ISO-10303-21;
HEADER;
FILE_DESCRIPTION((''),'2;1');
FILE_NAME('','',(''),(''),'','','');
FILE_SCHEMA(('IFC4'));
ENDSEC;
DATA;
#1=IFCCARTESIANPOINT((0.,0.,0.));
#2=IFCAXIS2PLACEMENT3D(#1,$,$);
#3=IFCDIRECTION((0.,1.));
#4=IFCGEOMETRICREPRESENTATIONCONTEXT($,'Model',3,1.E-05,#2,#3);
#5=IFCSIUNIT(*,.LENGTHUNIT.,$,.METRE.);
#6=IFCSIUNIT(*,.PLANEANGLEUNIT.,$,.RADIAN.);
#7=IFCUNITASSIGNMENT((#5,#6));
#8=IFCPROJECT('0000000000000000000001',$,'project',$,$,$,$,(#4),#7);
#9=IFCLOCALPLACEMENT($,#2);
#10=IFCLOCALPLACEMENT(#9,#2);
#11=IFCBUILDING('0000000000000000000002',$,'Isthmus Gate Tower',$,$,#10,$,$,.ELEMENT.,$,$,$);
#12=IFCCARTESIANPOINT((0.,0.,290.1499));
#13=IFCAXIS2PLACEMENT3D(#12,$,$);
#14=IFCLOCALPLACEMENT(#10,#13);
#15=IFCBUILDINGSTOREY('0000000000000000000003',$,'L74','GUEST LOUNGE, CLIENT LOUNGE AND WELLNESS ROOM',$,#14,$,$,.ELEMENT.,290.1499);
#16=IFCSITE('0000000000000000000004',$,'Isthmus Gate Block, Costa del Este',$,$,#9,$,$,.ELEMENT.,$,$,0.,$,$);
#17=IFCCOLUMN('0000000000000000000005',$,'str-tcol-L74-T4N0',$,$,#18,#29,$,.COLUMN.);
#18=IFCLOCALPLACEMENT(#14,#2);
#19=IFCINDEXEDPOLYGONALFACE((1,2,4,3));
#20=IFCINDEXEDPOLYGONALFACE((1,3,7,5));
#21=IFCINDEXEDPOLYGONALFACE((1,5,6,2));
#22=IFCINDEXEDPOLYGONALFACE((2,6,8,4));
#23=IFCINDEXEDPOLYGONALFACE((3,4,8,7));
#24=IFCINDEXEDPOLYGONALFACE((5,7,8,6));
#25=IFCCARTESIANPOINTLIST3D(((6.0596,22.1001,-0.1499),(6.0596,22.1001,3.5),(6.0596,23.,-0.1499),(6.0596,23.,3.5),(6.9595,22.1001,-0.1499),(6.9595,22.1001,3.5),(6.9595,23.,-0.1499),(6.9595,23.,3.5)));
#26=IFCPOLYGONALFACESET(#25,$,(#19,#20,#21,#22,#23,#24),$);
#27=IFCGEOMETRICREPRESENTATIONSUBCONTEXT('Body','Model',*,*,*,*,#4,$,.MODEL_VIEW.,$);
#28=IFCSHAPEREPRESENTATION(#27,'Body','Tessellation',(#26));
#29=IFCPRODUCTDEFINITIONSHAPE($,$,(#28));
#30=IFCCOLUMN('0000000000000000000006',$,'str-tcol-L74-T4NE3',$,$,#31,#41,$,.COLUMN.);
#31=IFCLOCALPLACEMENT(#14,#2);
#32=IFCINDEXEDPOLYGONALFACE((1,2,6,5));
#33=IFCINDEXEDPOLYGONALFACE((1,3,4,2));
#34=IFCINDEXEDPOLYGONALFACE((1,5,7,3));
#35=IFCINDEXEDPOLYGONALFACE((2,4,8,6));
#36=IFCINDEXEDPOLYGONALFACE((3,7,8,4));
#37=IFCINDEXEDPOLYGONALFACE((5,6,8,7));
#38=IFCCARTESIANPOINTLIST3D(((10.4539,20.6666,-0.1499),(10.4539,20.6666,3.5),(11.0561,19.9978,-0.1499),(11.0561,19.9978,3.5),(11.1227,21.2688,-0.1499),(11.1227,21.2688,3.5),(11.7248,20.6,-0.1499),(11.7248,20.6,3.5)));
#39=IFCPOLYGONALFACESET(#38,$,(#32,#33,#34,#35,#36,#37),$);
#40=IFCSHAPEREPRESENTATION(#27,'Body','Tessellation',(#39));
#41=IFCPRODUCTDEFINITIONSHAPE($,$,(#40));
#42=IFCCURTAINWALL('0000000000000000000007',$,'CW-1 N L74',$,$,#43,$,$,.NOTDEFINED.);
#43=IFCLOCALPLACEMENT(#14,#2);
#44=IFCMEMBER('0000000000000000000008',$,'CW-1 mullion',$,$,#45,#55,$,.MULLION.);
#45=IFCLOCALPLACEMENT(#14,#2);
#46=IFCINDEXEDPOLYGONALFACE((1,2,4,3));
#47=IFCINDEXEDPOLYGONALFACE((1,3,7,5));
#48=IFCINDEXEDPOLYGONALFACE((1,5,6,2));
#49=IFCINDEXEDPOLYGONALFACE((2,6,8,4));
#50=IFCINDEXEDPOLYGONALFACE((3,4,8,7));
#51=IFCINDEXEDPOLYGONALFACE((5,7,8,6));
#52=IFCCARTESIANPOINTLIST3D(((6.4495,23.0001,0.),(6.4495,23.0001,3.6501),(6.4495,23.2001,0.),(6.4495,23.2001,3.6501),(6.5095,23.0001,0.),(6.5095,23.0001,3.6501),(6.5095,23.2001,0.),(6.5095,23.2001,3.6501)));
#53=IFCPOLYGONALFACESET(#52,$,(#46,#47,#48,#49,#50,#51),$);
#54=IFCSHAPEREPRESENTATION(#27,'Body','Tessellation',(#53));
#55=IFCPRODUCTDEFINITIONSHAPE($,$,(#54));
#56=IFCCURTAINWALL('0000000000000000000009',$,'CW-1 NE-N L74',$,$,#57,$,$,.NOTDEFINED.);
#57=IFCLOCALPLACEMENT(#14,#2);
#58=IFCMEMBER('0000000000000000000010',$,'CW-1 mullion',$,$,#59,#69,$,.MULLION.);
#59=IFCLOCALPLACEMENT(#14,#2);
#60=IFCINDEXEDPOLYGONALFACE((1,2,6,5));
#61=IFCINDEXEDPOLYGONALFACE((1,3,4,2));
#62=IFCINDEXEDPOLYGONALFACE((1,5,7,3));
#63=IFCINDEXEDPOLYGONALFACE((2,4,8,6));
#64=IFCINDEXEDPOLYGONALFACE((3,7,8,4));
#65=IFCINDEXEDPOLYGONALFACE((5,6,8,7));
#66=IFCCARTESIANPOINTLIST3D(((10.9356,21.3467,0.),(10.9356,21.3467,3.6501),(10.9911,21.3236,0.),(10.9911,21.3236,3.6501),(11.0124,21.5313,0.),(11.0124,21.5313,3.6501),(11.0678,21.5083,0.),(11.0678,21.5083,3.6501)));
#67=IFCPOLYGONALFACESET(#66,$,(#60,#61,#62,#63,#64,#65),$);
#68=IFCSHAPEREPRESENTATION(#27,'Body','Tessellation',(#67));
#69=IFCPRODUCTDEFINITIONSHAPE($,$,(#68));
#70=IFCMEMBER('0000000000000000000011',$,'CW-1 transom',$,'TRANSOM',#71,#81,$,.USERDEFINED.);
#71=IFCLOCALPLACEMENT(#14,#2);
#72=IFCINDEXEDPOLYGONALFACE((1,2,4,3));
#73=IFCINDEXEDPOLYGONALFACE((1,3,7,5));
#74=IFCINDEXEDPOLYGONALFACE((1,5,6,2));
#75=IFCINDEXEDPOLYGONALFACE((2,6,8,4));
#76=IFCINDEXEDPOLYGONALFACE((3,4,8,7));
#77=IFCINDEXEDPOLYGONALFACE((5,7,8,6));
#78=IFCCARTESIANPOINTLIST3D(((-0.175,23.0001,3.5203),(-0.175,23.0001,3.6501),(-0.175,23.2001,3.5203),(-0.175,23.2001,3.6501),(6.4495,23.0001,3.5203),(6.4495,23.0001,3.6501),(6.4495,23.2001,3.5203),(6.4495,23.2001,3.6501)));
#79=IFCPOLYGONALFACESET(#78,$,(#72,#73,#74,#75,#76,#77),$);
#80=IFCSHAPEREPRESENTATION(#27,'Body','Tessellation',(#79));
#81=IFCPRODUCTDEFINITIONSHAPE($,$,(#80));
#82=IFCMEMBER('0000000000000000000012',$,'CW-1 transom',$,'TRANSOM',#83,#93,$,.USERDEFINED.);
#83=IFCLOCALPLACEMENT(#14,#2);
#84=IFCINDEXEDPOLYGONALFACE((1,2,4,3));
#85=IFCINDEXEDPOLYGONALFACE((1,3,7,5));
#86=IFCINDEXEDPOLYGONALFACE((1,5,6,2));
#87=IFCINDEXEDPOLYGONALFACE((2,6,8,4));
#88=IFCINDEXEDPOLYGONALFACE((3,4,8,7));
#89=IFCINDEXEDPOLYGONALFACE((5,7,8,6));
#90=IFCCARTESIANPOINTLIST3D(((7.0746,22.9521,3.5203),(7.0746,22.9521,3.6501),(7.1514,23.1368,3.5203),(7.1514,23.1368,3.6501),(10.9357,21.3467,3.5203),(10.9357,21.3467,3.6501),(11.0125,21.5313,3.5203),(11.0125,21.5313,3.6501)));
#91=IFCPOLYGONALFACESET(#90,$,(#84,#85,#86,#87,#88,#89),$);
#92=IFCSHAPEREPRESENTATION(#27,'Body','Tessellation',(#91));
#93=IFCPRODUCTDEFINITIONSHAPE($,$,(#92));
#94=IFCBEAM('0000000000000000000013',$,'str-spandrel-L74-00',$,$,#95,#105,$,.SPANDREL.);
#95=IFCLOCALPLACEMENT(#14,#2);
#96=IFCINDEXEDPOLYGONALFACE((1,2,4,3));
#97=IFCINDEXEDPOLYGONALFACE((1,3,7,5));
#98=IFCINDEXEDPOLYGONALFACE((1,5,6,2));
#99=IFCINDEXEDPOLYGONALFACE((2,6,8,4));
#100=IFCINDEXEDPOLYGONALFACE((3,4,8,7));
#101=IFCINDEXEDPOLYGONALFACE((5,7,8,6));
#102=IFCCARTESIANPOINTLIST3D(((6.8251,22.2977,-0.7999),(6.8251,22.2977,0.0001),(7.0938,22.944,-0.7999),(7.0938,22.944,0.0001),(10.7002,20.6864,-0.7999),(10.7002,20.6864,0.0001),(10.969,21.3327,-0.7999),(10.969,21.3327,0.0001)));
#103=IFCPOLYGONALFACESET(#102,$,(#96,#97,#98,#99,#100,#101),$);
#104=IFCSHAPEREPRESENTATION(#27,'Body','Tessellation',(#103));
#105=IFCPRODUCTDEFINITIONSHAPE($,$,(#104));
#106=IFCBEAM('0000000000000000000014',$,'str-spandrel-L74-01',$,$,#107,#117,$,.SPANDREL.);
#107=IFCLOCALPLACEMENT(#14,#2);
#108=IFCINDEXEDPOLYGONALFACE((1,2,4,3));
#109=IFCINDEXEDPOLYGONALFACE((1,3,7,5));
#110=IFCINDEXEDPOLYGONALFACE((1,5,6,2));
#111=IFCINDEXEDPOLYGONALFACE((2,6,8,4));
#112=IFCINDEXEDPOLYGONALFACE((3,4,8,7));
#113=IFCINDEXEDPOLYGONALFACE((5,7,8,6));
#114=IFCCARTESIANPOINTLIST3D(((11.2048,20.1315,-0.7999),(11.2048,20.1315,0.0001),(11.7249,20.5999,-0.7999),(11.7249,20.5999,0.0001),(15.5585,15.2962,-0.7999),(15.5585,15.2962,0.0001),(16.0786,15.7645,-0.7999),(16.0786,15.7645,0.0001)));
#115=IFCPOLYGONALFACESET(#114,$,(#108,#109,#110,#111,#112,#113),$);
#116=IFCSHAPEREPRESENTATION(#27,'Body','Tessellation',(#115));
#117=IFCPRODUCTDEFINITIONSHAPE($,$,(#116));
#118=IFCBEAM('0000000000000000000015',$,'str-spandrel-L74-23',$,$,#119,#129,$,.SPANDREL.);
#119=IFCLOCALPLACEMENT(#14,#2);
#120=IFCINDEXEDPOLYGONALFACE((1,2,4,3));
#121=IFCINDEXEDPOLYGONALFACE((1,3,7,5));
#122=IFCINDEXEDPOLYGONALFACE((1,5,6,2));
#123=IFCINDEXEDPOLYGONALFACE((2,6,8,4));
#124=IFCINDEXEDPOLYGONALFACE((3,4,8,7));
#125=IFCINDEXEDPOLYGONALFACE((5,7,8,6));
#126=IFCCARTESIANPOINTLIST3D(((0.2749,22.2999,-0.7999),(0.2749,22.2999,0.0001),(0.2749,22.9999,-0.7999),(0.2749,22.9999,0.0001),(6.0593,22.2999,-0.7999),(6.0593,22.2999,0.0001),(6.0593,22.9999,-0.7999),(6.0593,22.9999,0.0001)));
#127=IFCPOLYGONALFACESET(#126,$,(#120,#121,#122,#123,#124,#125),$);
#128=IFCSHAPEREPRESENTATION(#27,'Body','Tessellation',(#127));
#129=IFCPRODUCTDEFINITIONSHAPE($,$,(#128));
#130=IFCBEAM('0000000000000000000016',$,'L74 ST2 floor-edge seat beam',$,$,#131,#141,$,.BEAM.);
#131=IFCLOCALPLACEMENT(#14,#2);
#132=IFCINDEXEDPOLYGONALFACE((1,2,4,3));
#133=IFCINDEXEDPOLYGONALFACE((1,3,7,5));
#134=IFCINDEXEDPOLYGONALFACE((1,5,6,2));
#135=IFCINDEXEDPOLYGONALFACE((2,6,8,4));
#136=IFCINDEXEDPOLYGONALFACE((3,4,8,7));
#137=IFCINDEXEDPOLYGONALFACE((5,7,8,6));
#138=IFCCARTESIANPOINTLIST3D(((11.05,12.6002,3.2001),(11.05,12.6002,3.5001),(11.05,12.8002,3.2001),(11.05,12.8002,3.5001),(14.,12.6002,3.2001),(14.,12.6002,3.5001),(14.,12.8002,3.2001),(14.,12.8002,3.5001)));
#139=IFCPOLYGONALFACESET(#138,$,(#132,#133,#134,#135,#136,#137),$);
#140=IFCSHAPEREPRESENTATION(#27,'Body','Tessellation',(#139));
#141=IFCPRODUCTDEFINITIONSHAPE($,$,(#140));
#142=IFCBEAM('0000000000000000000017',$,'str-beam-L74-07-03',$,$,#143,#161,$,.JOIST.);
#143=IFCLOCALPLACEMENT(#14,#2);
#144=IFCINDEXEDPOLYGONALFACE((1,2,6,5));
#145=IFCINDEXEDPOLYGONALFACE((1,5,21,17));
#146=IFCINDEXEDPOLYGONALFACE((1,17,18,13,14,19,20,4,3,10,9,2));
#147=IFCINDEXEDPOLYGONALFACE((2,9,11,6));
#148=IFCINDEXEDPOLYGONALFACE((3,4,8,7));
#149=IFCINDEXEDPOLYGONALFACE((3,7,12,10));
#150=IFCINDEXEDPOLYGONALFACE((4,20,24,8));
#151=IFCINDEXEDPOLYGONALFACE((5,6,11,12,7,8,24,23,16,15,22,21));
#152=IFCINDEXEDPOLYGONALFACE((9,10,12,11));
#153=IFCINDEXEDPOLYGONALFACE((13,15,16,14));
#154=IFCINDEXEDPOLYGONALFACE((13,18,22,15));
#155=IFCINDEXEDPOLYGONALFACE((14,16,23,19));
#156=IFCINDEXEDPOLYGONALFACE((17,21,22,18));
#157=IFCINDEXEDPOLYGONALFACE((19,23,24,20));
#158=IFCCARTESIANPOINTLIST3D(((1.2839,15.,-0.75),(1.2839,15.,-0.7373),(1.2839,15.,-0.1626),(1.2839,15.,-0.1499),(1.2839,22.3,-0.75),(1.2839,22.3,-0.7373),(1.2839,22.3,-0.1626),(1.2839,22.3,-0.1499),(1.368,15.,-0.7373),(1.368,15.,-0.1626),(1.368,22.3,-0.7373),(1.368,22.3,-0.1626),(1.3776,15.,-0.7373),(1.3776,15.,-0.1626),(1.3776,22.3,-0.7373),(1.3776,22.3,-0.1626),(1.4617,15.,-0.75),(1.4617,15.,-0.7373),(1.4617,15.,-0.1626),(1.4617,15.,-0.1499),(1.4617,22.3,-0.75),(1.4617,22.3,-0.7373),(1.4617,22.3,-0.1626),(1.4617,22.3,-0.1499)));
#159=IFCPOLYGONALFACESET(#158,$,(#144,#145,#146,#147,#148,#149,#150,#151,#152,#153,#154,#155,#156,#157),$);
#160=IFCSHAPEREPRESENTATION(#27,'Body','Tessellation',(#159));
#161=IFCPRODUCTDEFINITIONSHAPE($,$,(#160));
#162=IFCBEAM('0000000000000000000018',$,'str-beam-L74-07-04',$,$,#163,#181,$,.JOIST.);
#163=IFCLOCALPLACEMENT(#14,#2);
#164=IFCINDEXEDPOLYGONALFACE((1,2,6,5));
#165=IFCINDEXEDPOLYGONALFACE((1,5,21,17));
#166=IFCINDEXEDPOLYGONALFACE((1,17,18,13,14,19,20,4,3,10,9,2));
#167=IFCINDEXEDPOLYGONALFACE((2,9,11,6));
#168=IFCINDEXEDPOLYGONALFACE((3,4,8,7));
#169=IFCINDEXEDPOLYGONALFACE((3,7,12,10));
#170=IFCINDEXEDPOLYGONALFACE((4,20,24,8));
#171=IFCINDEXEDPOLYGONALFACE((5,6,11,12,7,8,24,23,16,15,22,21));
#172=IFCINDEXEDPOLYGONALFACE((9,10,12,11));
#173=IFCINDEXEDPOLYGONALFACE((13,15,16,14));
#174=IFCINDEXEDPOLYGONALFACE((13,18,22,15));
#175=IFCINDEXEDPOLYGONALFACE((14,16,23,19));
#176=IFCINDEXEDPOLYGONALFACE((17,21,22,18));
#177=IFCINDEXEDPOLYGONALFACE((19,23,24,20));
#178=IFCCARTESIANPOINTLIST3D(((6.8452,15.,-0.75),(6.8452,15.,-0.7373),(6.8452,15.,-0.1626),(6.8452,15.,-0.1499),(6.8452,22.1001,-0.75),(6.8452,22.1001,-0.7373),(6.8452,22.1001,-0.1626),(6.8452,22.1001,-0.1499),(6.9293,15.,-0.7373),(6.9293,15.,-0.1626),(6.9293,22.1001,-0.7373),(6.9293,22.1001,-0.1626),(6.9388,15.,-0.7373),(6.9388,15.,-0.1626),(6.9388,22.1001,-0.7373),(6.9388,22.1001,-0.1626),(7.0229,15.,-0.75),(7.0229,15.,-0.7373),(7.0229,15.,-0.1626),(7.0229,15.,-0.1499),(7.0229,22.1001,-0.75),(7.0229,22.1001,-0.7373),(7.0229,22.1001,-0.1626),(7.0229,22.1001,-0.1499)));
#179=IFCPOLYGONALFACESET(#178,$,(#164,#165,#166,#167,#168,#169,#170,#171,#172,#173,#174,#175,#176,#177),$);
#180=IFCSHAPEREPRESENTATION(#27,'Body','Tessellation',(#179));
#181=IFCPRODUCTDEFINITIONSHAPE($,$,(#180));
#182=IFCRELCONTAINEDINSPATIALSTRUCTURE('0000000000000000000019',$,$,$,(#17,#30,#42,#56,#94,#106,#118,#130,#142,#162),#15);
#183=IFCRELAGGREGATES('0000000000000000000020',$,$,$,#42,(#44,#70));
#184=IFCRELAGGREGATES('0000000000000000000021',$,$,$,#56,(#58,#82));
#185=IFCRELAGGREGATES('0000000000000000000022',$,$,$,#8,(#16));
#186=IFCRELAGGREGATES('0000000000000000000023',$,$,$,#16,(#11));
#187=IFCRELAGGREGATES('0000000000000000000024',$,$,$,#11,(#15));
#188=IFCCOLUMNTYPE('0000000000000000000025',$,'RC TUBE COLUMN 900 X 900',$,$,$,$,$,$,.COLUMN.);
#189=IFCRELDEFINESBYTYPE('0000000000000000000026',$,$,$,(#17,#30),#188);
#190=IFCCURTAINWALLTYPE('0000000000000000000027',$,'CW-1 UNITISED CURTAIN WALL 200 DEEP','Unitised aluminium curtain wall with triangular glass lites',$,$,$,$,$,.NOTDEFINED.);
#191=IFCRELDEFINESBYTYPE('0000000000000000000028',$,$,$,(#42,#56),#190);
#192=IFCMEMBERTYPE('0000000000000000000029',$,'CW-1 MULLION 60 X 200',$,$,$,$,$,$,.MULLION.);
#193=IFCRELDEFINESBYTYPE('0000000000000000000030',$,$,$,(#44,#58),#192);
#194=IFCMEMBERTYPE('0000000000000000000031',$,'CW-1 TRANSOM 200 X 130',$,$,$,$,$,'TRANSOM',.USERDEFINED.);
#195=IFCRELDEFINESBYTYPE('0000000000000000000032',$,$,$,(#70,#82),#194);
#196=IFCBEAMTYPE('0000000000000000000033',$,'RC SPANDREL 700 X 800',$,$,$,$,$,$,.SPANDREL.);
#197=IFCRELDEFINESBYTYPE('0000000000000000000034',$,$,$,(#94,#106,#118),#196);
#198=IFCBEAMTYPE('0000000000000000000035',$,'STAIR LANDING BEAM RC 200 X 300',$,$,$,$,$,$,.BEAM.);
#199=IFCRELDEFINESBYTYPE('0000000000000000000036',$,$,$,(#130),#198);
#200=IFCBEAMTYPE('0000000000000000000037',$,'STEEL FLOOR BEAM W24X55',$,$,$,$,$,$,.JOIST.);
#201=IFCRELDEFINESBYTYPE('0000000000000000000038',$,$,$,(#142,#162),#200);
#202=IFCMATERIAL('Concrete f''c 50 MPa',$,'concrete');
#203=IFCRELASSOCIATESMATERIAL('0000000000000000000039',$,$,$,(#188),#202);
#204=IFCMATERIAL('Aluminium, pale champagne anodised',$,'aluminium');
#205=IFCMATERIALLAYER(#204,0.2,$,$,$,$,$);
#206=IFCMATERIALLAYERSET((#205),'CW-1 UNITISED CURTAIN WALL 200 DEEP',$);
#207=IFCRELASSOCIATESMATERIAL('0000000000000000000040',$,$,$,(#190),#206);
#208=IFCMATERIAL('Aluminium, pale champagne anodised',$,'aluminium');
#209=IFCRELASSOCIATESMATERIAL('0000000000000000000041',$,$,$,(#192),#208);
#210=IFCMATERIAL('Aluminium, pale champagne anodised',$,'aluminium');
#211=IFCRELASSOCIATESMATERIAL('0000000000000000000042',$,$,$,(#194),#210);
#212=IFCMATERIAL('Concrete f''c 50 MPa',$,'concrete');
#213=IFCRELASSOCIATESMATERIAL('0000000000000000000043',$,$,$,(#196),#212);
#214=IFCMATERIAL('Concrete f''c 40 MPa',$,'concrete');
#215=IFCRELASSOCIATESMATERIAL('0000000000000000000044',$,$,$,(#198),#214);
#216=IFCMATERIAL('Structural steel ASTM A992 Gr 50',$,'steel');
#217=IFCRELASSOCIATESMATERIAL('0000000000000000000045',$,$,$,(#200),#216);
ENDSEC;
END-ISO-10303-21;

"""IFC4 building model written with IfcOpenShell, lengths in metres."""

from ifc_helpers import new_model, si_unit, direction, frame, origin, origin_2d, place, context, subcontext, project, spatial, rectangle, i_section, extrude, material, layer, layer_set, material_profile, profile_set, type_object, element, aggregate, save


model = new_model("IFC4")

# Units and contexts
model_context = context("Model", 3, precision=1e-05, world=origin(), true_north=direction((0.0, 1.0)))
body_context = subcontext(model_context, "Body", "Model", "MODEL_VIEW")
ifc_project = project(units=[si_unit("LENGTHUNIT", "METRE"), si_unit("PLANEANGLEUNIT", "RADIAN")], contexts=[model_context])

# Site, building, storey
site_placement = place(None, origin())
site = spatial("IfcSite", under=ifc_project, at=site_placement, Name="Isthmus Gate Block, Costa del Este", CompositionType="ELEMENT", RefElevation=0.0)
building_placement = place(site_placement, origin())
building = spatial("IfcBuilding", under=site, at=building_placement, Name="Isthmus Gate Tower", CompositionType="ELEMENT")
storey_placement = place(building_placement, frame((0.0, 0.0, 290.1499)))
storey = spatial("IfcBuildingStorey", under=building, at=storey_placement, Name="L74", Description="GUEST LOUNGE, CLIENT LOUNGE AND WELLNESS ROOM", CompositionType="ELEMENT", Elevation=290.1499)

# Columns
ifc_material_1 = material(Name="Concrete f'c 50 MPa", Category="concrete")
ifc_material_profile_1 = material_profile(ifc_material_1, rectangle(XDim=0.8999, YDim=0.8999, at=origin_2d()), Name="RC 900X900")
ifc_profile_set_1 = profile_set([ifc_material_profile_1], Name="Concrete f'c 50 MPa")
column_type = type_object("IfcColumnType", Name="RC TUBE COLUMN 900 X 900", PredefinedType="COLUMN", material=ifc_profile_set_1)
for number, where, z_axis, x_axis, name in (
    (1, (6.5095, 22.55, -0.1499), (0.0, 0.0, 1.0), (-1.0, 0.0, 0.0), "str-tcol-L74-T4N0"),
    (2, (11.0894, 20.6333, -0.1499), (0.0, 0.0, 1.0), (-0.669131, 0.743145, 0.0), "str-tcol-L74-T4NE3"),
):
    element("IfcColumn", number, at=place(storey_placement, frame(where, z_axis=z_axis, x_axis=x_axis)), inside=storey, type_object=column_type, Name=name, PredefinedType="COLUMN", context=body_context, shape_type="SweptSolid", body=[
        extrude(rectangle(XDim=0.8999, YDim=0.8999, at=origin_2d()), origin(), (0.0, 0.0, 1.0), 3.6499),
    ])

# Curtain walls, members
ifc_material_2 = material(Name="Aluminium, pale champagne anodised", Category="aluminium")
ifc_layer_1 = layer(ifc_material_2, 0.2)
ifc_layer_set_1 = layer_set([ifc_layer_1], Name="CW-1 UNITISED CURTAIN WALL 200 DEEP")
curtain_wall_type = type_object("IfcCurtainWallType", Name="CW-1 UNITISED CURTAIN WALL 200 DEEP", Description="Unitised aluminium curtain wall with triangular glass lites", PredefinedType="NOTDEFINED", material=ifc_layer_set_1)
curtain_wall_1_placement = place(storey_placement, origin())
curtain_wall_1 = element("IfcCurtainWall", 3, at=curtain_wall_1_placement, inside=storey, type_object=curtain_wall_type, Name="CW-1 N L74", PredefinedType="NOTDEFINED")
ifc_material_3 = material(Name="Aluminium, pale champagne anodised", Category="aluminium")
ifc_material_profile_2 = material_profile(ifc_material_3, rectangle(XDim=0.0601, YDim=0.2, at=origin_2d()), Name="60x200")
ifc_profile_set_2 = profile_set([ifc_material_profile_2], Name="Aluminium, pale champagne anodised")
member_type_1 = type_object("IfcMemberType", Name="CW-1 MULLION 60 X 200", PredefinedType="MULLION", material=ifc_profile_set_2)
member_1_placement = place(storey_placement, frame((6.4795, 23.1001, 0.0), z_axis=(0.0, 0.0, 1.0), x_axis=(-1.0, 0.0, 0.0)))
member_1 = element("IfcMember", 4, at=member_1_placement, type_object=member_type_1, Name="CW-1 mullion", PredefinedType="MULLION", context=body_context, shape_type="SweptSolid", body=[
    extrude(rectangle(XDim=0.0601, YDim=0.2, at=origin_2d()), origin(), (0.0, 0.0, 1.0), 3.6501),
])
curtain_wall_2_placement = place(storey_placement, origin())
curtain_wall_2 = element("IfcCurtainWall", 5, at=curtain_wall_2_placement, inside=storey, type_object=curtain_wall_type, Name="CW-1 NE-N L74", PredefinedType="NOTDEFINED")
member_2_placement = place(storey_placement, frame((11.0017, 21.4275, 0.0), z_axis=(0.0, 0.0, 1.0), x_axis=(-0.923353, 0.383952, 0.0)))
member_2 = element("IfcMember", 6, at=member_2_placement, type_object=member_type_1, Name="CW-1 mullion", PredefinedType="MULLION", context=body_context, shape_type="SweptSolid", body=[
    extrude(rectangle(XDim=0.0601, YDim=0.2, at=origin_2d()), origin(), (0.0, 0.0, 1.0), 3.6501),
])

# Members
ifc_material_4 = material(Name="Aluminium, pale champagne anodised", Category="aluminium")
ifc_material_profile_3 = material_profile(ifc_material_4, rectangle(XDim=0.2, YDim=0.1299, at=origin_2d()), Name="200x130")
ifc_profile_set_3 = profile_set([ifc_material_profile_3], Name="Aluminium, pale champagne anodised")
member_type_2 = type_object("IfcMemberType", Name="CW-1 TRANSOM 200 X 130", ElementType="TRANSOM", PredefinedType="USERDEFINED", material=ifc_profile_set_3)
member_3_placement = place(storey_placement, frame((6.4495, 23.1001, 3.5852), z_axis=(-1.0, 0.0, 0.0), x_axis=(0.0, -1.0, 0.0)))
member_3 = element("IfcMember", 7, at=member_3_placement, type_object=member_type_2, Name="CW-1 transom", ObjectType="TRANSOM", PredefinedType="USERDEFINED", context=body_context, shape_type="SweptSolid", body=[
    extrude(rectangle(XDim=0.2, YDim=0.1299, at=origin_2d()), origin(), (0.0, 0.0, 1.0), 6.6245),
])
member_4_placement = place(storey_placement, frame((10.9741, 21.439, 3.5852), z_axis=(-0.923358, 0.38394, 0.0), x_axis=(-0.38394, -0.923358, 0.0)))
member_4 = element("IfcMember", 8, at=member_4_placement, type_object=member_type_2, Name="CW-1 transom", ObjectType="TRANSOM", PredefinedType="USERDEFINED", context=body_context, shape_type="SweptSolid", body=[
    extrude(rectangle(XDim=0.2, YDim=0.1299, at=origin_2d()), origin(), (0.0, 0.0, 1.0), 4.1816),
])

# Beams
ifc_material_5 = material(Name="Concrete f'c 50 MPa", Category="concrete")
ifc_material_profile_4 = material_profile(ifc_material_5, rectangle(XDim=0.7, YDim=0.8, at=origin_2d()), Name="RC 700X800")
ifc_profile_set_4 = profile_set([ifc_material_profile_4], Name="Concrete f'c 50 MPa")
beam_type_1 = type_object("IfcBeamType", Name="RC SPANDREL 700 X 800", PredefinedType="SPANDREL", material=ifc_profile_set_4)
beam_1_placement = place(storey_placement, frame((6.9595, 22.6208, -0.3999), z_axis=(0.923361, -0.383934, 0.0), x_axis=(0.383934, 0.923361, 0.0)))
element("IfcBeam", 9, at=beam_1_placement, inside=storey, type_object=beam_type_1, Name="str-spandrel-L74-00", PredefinedType="SPANDREL", context=body_context, shape_type="SweptSolid", body=[
    extrude(rectangle(XDim=0.7, YDim=0.8, at=origin_2d()), origin(), (0.0, 0.0, 1.0), 4.1968),
])
beam_2_placement = place(storey_placement, frame((11.4648, 20.3657, -0.3999), z_axis=(0.669122, -0.743152, 0.0), x_axis=(0.743152, 0.669122, 0.0)))
element("IfcBeam", 10, at=beam_2_placement, inside=storey, type_object=beam_type_1, Name="str-spandrel-L74-01", PredefinedType="SPANDREL", context=body_context, shape_type="SweptSolid", body=[
    extrude(rectangle(XDim=0.7, YDim=0.8, at=origin_2d()), origin(), (0.0, 0.0, 1.0), 6.5066),
])
beam_3_placement = place(storey_placement, frame((0.2749, 22.6499, -0.3999), z_axis=(1.0, 0.0, 0.0), x_axis=(0.0, 1.0, 0.0)))
element("IfcBeam", 11, at=beam_3_placement, inside=storey, type_object=beam_type_1, Name="str-spandrel-L74-23", PredefinedType="SPANDREL", context=body_context, shape_type="SweptSolid", body=[
    extrude(rectangle(XDim=0.7, YDim=0.8, at=origin_2d()), origin(), (0.0, 0.0, 1.0), 5.7844),
])
ifc_material_6 = material(Name="Concrete f'c 40 MPa", Category="concrete")
ifc_material_profile_5 = material_profile(ifc_material_6, rectangle(XDim=0.2, YDim=0.3, at=origin_2d()), Name="STAIR LANDING BEAM RC 200 X 300")
ifc_profile_set_5 = profile_set([ifc_material_profile_5], Name="Concrete f'c 40 MPa")
beam_type_2 = type_object("IfcBeamType", Name="STAIR LANDING BEAM RC 200 X 300", PredefinedType="BEAM", material=ifc_profile_set_5)
beam_4_placement = place(storey_placement, frame((11.05, 12.7002, 3.3501), z_axis=(1.0, 0.0, 0.0), x_axis=(0.0, 1.0, 0.0)))
element("IfcBeam", 12, at=beam_4_placement, inside=storey, type_object=beam_type_2, Name="L74 ST2 floor-edge seat beam", PredefinedType="BEAM", context=body_context, shape_type="SweptSolid", body=[
    extrude(rectangle(XDim=0.2, YDim=0.3, at=origin_2d()), origin(), (0.0, 0.0, 1.0), 2.95),
])
ifc_material_7 = material(Name="Structural steel ASTM A992 Gr 50", Category="steel")
ifc_material_profile_6 = material_profile(ifc_material_7, i_section(OverallWidth=0.1777, OverallDepth=0.6001, WebThickness=0.0095, FlangeThickness=0.0127, at=origin_2d()), Name="W24X55")
ifc_profile_set_6 = profile_set([ifc_material_profile_6], Name="Structural steel ASTM A992 Gr 50")
beam_type_3 = type_object("IfcBeamType", Name="STEEL FLOOR BEAM W24X55", PredefinedType="JOIST", material=ifc_profile_set_6)
beam_5_placement = place(storey_placement, frame((1.3728, 15.0, -0.45), z_axis=(0.0, 1.0, 0.0), x_axis=(-1.0, 0.0, 0.0)))
element("IfcBeam", 13, at=beam_5_placement, inside=storey, type_object=beam_type_3, Name="str-beam-L74-07-03", PredefinedType="JOIST", context=body_context, shape_type="SweptSolid", body=[
    extrude(i_section(OverallWidth=0.1777, OverallDepth=0.6001, WebThickness=0.0095, FlangeThickness=0.0127, at=origin_2d()), origin(), (0.0, 0.0, 1.0), 7.3),
])
beam_6_placement = place(storey_placement, frame((6.9341, 15.0, -0.45), z_axis=(0.0, 1.0, 0.0), x_axis=(-1.0, 0.0, 0.0)))
element("IfcBeam", 14, at=beam_6_placement, inside=storey, type_object=beam_type_3, Name="str-beam-L74-07-04", PredefinedType="JOIST", context=body_context, shape_type="SweptSolid", body=[
    extrude(i_section(OverallWidth=0.1777, OverallDepth=0.6001, WebThickness=0.0095, FlangeThickness=0.0127, at=origin_2d()), origin(), (0.0, 0.0, 1.0), 7.1001),
])

aggregate(curtain_wall_1, [member_1, member_3])
aggregate(curtain_wall_2, [member_2, member_4])

save(model, "model.ifc")
